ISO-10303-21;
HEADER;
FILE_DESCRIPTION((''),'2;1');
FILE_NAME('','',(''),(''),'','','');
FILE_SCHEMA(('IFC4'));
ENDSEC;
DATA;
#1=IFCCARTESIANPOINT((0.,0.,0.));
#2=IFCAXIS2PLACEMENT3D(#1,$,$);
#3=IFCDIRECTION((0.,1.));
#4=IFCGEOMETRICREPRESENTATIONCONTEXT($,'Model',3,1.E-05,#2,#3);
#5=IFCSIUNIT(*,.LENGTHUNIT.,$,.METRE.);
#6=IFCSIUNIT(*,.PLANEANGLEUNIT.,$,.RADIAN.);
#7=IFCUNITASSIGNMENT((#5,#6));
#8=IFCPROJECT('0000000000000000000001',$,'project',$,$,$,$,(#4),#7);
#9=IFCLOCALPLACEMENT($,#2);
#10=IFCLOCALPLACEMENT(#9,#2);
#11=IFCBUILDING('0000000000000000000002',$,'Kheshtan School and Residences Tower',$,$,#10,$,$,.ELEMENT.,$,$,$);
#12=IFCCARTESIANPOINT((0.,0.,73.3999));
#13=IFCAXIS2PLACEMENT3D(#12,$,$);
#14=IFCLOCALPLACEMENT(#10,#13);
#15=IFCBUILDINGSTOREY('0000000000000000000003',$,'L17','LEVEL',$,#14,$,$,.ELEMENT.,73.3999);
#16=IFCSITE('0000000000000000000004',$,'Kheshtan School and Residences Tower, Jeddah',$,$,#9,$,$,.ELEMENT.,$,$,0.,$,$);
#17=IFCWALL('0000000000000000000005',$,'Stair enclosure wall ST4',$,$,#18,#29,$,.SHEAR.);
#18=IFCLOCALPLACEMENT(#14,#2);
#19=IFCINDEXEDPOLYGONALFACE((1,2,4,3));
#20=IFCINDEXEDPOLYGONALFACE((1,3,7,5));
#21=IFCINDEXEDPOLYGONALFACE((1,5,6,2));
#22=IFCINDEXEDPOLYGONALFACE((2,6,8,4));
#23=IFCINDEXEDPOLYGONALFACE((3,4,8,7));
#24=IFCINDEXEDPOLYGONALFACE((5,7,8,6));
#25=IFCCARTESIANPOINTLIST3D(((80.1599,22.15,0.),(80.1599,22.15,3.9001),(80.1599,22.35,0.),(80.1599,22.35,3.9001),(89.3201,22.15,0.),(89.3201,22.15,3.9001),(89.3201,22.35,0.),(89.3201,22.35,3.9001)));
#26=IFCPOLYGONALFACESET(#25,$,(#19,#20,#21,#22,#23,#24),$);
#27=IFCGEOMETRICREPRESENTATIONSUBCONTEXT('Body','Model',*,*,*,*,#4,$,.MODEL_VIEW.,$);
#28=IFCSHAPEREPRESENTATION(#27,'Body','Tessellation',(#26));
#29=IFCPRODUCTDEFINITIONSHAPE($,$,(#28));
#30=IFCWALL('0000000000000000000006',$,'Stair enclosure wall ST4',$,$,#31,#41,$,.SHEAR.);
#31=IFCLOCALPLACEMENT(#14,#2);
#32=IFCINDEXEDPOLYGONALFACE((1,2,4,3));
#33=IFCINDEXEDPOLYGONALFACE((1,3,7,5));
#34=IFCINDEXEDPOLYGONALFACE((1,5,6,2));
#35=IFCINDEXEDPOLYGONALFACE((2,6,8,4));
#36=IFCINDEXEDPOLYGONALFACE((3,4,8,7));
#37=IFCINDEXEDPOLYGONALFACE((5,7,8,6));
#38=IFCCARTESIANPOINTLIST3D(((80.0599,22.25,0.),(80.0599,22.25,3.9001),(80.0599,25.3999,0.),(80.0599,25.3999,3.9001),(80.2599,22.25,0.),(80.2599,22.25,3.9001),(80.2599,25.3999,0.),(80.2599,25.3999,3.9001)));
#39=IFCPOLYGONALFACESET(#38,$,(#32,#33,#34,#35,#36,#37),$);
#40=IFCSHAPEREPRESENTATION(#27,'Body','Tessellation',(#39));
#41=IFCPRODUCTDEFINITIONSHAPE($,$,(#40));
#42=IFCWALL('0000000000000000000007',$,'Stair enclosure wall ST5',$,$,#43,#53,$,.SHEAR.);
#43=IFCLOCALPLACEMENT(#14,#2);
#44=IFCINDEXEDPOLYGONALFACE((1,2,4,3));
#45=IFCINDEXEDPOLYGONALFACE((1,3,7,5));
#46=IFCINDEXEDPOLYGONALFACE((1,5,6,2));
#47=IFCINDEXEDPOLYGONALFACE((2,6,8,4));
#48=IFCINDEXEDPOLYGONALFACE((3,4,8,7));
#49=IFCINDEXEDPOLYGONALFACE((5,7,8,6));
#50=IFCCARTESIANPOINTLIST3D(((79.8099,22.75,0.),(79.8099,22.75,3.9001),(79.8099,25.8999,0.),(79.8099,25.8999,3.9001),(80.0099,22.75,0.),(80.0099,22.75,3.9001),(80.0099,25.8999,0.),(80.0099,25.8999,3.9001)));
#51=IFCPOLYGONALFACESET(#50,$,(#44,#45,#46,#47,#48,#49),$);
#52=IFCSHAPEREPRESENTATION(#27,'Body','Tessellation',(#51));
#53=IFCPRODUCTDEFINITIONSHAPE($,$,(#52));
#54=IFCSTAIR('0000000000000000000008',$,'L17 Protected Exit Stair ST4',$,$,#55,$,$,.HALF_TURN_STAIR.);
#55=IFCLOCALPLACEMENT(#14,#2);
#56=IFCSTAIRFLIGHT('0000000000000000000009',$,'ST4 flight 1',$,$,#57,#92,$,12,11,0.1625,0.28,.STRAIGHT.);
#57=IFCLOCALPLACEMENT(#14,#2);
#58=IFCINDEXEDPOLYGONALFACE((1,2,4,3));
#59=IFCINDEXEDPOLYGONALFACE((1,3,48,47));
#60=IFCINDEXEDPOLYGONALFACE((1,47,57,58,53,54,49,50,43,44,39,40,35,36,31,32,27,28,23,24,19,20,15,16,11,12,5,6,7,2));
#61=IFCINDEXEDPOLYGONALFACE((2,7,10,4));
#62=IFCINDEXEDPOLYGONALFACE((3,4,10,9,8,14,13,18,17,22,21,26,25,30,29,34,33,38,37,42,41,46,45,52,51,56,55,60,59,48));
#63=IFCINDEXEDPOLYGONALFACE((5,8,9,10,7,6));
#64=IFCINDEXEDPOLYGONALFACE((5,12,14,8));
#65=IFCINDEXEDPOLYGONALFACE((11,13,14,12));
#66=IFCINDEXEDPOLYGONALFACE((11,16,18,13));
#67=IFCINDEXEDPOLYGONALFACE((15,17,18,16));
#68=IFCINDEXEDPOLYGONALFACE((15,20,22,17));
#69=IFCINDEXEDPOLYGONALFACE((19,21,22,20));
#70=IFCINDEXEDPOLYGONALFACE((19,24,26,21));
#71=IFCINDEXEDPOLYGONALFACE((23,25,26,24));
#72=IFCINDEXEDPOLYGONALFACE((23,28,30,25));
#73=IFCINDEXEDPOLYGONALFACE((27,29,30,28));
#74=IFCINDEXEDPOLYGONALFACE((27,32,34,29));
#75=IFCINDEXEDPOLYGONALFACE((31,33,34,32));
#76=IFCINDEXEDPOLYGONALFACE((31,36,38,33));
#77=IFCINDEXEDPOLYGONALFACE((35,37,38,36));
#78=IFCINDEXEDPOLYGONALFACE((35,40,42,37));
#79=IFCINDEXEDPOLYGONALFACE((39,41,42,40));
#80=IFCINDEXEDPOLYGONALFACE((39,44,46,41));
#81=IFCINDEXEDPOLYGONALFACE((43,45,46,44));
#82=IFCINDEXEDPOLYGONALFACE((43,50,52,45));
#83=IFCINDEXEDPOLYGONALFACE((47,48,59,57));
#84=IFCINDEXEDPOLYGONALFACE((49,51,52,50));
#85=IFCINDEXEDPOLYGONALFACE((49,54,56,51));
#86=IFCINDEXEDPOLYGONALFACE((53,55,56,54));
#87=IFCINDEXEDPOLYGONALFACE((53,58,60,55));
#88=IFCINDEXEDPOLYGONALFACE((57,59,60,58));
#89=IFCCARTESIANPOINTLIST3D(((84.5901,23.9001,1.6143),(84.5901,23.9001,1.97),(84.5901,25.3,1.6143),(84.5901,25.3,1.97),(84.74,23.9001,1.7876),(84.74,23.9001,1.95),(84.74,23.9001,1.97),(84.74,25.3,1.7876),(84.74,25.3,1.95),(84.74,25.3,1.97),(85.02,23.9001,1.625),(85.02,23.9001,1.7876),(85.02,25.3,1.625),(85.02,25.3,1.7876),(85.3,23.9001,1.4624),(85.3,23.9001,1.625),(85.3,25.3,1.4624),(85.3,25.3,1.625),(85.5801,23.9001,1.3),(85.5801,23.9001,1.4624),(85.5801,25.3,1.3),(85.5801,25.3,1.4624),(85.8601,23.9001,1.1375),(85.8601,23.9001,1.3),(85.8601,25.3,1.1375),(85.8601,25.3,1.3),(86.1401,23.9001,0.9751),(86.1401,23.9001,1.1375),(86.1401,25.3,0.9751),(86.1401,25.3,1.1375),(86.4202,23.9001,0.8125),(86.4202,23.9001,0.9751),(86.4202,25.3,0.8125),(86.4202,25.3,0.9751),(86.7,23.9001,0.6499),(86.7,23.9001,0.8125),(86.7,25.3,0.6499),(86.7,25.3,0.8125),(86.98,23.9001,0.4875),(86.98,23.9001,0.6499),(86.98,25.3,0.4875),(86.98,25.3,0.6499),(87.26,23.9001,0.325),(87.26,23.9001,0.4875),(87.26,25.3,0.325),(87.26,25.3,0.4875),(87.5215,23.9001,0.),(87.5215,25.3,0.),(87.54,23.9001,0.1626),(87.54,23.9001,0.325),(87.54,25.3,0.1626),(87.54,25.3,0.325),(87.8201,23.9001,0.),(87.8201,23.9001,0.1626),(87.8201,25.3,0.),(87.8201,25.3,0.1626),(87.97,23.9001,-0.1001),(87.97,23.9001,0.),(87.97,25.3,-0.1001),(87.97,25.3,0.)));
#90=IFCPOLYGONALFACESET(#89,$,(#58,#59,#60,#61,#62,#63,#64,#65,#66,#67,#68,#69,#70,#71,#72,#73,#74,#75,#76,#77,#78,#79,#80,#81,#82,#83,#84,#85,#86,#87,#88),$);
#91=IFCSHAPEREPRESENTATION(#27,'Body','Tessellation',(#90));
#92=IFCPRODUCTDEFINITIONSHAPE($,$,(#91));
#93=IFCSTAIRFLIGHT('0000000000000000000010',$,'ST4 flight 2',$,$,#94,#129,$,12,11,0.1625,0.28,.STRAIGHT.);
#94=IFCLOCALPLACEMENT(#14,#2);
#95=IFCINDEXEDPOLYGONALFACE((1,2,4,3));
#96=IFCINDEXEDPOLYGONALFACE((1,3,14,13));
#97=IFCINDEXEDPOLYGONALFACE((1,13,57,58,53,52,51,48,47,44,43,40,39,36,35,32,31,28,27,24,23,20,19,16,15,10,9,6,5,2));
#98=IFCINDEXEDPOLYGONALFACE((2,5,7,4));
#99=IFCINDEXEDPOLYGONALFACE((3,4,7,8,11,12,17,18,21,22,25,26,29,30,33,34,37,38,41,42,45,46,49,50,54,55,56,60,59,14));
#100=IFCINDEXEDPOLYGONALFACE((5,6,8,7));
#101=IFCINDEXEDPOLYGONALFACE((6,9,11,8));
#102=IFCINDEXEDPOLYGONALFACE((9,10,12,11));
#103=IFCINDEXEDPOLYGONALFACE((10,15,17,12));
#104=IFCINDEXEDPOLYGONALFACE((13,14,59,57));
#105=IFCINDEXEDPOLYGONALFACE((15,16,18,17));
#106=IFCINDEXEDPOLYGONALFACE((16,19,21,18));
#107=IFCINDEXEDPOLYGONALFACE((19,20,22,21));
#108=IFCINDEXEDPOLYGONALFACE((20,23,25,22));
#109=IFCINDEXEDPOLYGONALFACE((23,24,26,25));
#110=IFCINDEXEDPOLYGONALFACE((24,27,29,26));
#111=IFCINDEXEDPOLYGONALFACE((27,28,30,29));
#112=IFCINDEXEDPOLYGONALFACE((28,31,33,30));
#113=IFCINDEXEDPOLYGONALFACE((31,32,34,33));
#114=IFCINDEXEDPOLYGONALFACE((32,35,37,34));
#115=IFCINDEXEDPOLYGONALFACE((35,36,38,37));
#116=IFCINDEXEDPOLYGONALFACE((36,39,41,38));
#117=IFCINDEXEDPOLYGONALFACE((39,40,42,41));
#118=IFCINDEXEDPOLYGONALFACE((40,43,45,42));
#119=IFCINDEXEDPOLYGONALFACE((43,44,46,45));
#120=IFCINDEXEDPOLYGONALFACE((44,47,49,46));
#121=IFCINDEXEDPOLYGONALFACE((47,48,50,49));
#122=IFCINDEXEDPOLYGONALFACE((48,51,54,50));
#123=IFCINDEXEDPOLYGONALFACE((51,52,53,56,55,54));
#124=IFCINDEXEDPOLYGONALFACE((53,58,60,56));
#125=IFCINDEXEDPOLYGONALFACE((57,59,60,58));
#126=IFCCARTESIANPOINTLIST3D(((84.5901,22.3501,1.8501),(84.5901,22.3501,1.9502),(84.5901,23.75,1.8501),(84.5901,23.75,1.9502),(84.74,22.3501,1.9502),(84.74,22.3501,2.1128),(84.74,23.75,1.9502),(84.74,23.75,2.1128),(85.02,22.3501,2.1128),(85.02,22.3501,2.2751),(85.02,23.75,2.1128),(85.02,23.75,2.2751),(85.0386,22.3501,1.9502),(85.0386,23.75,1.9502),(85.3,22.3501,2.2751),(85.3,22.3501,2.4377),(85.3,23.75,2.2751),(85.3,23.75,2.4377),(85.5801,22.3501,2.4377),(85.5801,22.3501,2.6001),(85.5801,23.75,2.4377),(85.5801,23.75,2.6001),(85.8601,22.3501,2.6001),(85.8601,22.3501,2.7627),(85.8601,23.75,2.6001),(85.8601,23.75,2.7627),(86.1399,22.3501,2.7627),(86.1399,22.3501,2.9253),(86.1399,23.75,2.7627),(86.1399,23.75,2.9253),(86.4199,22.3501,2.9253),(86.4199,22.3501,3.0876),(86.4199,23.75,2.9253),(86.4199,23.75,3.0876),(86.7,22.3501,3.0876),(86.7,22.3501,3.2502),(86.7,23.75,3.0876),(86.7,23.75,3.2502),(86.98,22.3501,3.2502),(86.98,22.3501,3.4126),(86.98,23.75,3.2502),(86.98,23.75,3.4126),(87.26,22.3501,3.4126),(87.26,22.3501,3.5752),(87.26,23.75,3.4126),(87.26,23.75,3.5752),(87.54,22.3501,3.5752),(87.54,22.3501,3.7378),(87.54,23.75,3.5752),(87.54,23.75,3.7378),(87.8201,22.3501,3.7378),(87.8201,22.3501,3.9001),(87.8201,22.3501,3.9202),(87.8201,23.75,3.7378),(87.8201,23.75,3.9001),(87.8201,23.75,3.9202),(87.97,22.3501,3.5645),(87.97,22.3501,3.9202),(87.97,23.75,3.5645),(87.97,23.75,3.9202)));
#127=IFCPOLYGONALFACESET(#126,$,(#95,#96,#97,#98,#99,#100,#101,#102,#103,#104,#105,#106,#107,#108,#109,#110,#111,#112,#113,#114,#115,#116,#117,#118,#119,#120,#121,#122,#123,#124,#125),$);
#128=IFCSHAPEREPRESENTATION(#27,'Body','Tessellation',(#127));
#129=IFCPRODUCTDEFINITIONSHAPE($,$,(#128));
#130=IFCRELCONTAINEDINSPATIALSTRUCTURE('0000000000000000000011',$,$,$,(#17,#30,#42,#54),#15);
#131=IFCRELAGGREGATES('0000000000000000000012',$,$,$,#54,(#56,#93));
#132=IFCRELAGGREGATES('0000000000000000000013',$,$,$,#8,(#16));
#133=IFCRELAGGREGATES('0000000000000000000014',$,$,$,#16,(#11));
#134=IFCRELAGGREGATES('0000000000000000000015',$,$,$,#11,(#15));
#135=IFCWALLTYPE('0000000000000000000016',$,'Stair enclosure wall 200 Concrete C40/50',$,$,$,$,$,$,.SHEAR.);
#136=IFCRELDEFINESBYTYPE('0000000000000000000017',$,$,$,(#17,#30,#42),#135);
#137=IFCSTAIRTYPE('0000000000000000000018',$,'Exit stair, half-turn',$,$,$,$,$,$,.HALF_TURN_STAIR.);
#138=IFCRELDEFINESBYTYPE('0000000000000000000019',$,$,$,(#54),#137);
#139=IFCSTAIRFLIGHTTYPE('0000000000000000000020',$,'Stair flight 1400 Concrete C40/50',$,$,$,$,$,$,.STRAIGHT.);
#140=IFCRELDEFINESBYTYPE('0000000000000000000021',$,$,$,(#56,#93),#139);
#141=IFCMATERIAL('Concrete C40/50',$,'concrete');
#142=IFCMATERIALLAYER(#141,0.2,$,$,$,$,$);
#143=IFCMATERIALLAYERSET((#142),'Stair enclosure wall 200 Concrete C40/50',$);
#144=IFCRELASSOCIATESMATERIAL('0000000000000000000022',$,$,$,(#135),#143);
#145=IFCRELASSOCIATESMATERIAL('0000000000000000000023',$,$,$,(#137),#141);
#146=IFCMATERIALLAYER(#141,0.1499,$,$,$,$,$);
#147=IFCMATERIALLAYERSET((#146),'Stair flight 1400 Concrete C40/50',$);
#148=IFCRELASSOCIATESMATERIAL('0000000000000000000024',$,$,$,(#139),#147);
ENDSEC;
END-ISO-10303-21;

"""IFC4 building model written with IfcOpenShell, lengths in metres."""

from ifc_helpers import new_model, si_unit, direction, frame, frame_2d, origin, place, context, subcontext, project, spatial, polyline, rectangle, outline, extrude, material, layer, layer_set, type_object, element, aggregate, save


model = new_model("IFC4")

# Units and contexts
model_context = context("Model", 3, precision=1e-05, world=origin(), true_north=direction((0.0, 1.0)))
body_context = subcontext(model_context, "Body", "Model", "MODEL_VIEW")
ifc_project = project(units=[si_unit("LENGTHUNIT", "METRE"), si_unit("PLANEANGLEUNIT", "RADIAN")], contexts=[model_context])

# Site, building, storey
site_placement = place(None, origin())
site = spatial("IfcSite", under=ifc_project, at=site_placement, Name="Kheshtan School and Residences Tower, Jeddah", CompositionType="ELEMENT", RefElevation=0.0)
building_placement = place(site_placement, origin())
building = spatial("IfcBuilding", under=site, at=building_placement, Name="Kheshtan School and Residences Tower", CompositionType="ELEMENT")
storey_placement = place(building_placement, frame((0.0, 0.0, 73.3999)))
storey = spatial("IfcBuildingStorey", under=building, at=storey_placement, Name="L17", Description="LEVEL", CompositionType="ELEMENT", Elevation=73.3999)

# Walls
ifc_material_1 = material(Name="Concrete C40/50", Category="concrete")
ifc_layer_1 = layer(ifc_material_1, 0.2)
ifc_layer_set_1 = layer_set([ifc_layer_1], Name="Stair enclosure wall 200 Concrete C40/50")
wall_type = type_object("IfcWallType", Name="Stair enclosure wall 200 Concrete C40/50", PredefinedType="SHEAR", material=ifc_layer_set_1)
wall_placement = place(storey_placement, frame((80.1599, 22.25, 0.0), z_axis=(0.0, 0.0, 1.0), x_axis=(1.0, 0.0, 0.0)))
element("IfcWall", 1, at=wall_placement, inside=storey, type_object=wall_type, Name="Stair enclosure wall ST4", PredefinedType="SHEAR", context=body_context, shape_type="SweptSolid", body=[
    extrude(rectangle(XDim=9.1602, YDim=0.2, at=frame_2d((4.5801, 0.0))), origin(), (0.0, 0.0, 1.0), 3.9001),
])
for number, where, z_axis, x_axis, name in (
    (2, (80.1599, 22.25, 0.0), (0.0, 0.0, 1.0), (0.0, 1.0, 0.0), "Stair enclosure wall ST4"),
    (3, (79.9099, 22.75, 0.0), (0.0, 0.0, 1.0), (0.0, 1.0, 0.0), "Stair enclosure wall ST5"),
):
    element("IfcWall", number, at=place(storey_placement, frame(where, z_axis=z_axis, x_axis=x_axis)), inside=storey, type_object=wall_type, Name=name, PredefinedType="SHEAR", context=body_context, shape_type="SweptSolid", body=[
        extrude(rectangle(XDim=3.1499, YDim=0.2, at=frame_2d((1.575, 0.0))), origin(), (0.0, 0.0, 1.0), 3.9001),
    ])

# Stair, stair flights
stair_type = type_object("IfcStairType", Name="Exit stair, half-turn", PredefinedType="HALF_TURN_STAIR", material=ifc_material_1)
stair_placement = place(storey_placement, origin())
stair = element("IfcStair", 4, at=stair_placement, inside=storey, type_object=stair_type, Name="L17 Protected Exit Stair ST4", PredefinedType="HALF_TURN_STAIR")
ifc_layer_2 = layer(ifc_material_1, 0.1499)
ifc_layer_set_2 = layer_set([ifc_layer_2], Name="Stair flight 1400 Concrete C40/50")
stair_flight_type = type_object("IfcStairFlightType", Name="Stair flight 1400 Concrete C40/50", PredefinedType="STRAIGHT", material=ifc_layer_set_2)
stair_flight_1_placement = place(storey_placement, frame((87.8201, 24.6001, 0.0), z_axis=(0.0, 0.0, 1.0), x_axis=(-1.0, 0.0, 0.0)))
stair_flight_1 = element("IfcStairFlight", 5, at=stair_flight_1_placement, type_object=stair_flight_type, Name="ST4 flight 1", NumberOfRisers=12, NumberOfTreads=11, PredefinedType="STRAIGHT", RiserHeight=0.1625, TreadLength=0.28, context=body_context, shape_type="SweptSolid", body=[
    extrude(outline(polyline([(-0.1499, -0.1001), (-0.1499, 0.0), (0.0, 0.0), (0.0, 0.1626), (0.28, 0.1626), (0.28, 0.325), (0.5601, 0.325), (0.5601, 0.4875), (0.8401, 0.4875), (0.8401, 0.6499), (1.1201, 0.6499), (1.1201, 0.8125), (1.3999, 0.8125), (1.3999, 0.9751), (1.6799, 0.9751), (1.6799, 1.1375), (1.96, 1.1375), (1.96, 1.3), (2.24, 1.3), (2.24, 1.4624), (2.52, 1.4624), (2.52, 1.625), (2.8, 1.625), (2.8, 1.7876), (3.0801, 1.7876), (3.0801, 1.95), (3.0801, 1.97), (3.23, 1.97), (3.23, 1.6143), (0.2986, 0.0), (-0.1499, -0.1001)])), frame((0.0, 0.7, 0.0), z_axis=(0.0, -1.0, 0.0), x_axis=(1.0, 0.0, 0.0)), (0.0, 0.0, 1.0), 1.3999),
])
stair_flight_2_placement = place(storey_placement, frame((84.74, 23.05, 1.9502), z_axis=(0.0, 0.0, 1.0), x_axis=(1.0, 0.0, 0.0)))
stair_flight_2 = element("IfcStairFlight", 6, at=stair_flight_2_placement, type_object=stair_flight_type, Name="ST4 flight 2", NumberOfRisers=12, NumberOfTreads=11, PredefinedType="STRAIGHT", RiserHeight=0.1625, TreadLength=0.28, context=body_context, shape_type="SweptSolid", body=[
    extrude(outline(polyline([(-0.1499, -0.1001), (-0.1499, 0.0), (0.0, 0.0), (0.0, 0.1626), (0.28, 0.1626), (0.28, 0.325), (0.5601, 0.325), (0.5601, 0.4875), (0.8401, 0.4875), (0.8401, 0.6499), (1.1201, 0.6499), (1.1201, 0.8125), (1.3999, 0.8125), (1.3999, 0.9751), (1.6799, 0.9751), (1.6799, 1.1375), (1.96, 1.1375), (1.96, 1.3), (2.24, 1.3), (2.24, 1.4624), (2.52, 1.4624), (2.52, 1.625), (2.8, 1.625), (2.8, 1.7876), (3.0801, 1.7876), (3.0801, 1.95), (3.0801, 1.97), (3.23, 1.97), (3.23, 1.6143), (0.2986, 0.0), (-0.1499, -0.1001)])), frame((0.0, 0.7, 0.0), z_axis=(0.0, -1.0, 0.0), x_axis=(1.0, 0.0, 0.0)), (0.0, 0.0, 1.0), 1.3999),
])
aggregate(stair, [stair_flight_1, stair_flight_2])

save(model, "model.ifc")
